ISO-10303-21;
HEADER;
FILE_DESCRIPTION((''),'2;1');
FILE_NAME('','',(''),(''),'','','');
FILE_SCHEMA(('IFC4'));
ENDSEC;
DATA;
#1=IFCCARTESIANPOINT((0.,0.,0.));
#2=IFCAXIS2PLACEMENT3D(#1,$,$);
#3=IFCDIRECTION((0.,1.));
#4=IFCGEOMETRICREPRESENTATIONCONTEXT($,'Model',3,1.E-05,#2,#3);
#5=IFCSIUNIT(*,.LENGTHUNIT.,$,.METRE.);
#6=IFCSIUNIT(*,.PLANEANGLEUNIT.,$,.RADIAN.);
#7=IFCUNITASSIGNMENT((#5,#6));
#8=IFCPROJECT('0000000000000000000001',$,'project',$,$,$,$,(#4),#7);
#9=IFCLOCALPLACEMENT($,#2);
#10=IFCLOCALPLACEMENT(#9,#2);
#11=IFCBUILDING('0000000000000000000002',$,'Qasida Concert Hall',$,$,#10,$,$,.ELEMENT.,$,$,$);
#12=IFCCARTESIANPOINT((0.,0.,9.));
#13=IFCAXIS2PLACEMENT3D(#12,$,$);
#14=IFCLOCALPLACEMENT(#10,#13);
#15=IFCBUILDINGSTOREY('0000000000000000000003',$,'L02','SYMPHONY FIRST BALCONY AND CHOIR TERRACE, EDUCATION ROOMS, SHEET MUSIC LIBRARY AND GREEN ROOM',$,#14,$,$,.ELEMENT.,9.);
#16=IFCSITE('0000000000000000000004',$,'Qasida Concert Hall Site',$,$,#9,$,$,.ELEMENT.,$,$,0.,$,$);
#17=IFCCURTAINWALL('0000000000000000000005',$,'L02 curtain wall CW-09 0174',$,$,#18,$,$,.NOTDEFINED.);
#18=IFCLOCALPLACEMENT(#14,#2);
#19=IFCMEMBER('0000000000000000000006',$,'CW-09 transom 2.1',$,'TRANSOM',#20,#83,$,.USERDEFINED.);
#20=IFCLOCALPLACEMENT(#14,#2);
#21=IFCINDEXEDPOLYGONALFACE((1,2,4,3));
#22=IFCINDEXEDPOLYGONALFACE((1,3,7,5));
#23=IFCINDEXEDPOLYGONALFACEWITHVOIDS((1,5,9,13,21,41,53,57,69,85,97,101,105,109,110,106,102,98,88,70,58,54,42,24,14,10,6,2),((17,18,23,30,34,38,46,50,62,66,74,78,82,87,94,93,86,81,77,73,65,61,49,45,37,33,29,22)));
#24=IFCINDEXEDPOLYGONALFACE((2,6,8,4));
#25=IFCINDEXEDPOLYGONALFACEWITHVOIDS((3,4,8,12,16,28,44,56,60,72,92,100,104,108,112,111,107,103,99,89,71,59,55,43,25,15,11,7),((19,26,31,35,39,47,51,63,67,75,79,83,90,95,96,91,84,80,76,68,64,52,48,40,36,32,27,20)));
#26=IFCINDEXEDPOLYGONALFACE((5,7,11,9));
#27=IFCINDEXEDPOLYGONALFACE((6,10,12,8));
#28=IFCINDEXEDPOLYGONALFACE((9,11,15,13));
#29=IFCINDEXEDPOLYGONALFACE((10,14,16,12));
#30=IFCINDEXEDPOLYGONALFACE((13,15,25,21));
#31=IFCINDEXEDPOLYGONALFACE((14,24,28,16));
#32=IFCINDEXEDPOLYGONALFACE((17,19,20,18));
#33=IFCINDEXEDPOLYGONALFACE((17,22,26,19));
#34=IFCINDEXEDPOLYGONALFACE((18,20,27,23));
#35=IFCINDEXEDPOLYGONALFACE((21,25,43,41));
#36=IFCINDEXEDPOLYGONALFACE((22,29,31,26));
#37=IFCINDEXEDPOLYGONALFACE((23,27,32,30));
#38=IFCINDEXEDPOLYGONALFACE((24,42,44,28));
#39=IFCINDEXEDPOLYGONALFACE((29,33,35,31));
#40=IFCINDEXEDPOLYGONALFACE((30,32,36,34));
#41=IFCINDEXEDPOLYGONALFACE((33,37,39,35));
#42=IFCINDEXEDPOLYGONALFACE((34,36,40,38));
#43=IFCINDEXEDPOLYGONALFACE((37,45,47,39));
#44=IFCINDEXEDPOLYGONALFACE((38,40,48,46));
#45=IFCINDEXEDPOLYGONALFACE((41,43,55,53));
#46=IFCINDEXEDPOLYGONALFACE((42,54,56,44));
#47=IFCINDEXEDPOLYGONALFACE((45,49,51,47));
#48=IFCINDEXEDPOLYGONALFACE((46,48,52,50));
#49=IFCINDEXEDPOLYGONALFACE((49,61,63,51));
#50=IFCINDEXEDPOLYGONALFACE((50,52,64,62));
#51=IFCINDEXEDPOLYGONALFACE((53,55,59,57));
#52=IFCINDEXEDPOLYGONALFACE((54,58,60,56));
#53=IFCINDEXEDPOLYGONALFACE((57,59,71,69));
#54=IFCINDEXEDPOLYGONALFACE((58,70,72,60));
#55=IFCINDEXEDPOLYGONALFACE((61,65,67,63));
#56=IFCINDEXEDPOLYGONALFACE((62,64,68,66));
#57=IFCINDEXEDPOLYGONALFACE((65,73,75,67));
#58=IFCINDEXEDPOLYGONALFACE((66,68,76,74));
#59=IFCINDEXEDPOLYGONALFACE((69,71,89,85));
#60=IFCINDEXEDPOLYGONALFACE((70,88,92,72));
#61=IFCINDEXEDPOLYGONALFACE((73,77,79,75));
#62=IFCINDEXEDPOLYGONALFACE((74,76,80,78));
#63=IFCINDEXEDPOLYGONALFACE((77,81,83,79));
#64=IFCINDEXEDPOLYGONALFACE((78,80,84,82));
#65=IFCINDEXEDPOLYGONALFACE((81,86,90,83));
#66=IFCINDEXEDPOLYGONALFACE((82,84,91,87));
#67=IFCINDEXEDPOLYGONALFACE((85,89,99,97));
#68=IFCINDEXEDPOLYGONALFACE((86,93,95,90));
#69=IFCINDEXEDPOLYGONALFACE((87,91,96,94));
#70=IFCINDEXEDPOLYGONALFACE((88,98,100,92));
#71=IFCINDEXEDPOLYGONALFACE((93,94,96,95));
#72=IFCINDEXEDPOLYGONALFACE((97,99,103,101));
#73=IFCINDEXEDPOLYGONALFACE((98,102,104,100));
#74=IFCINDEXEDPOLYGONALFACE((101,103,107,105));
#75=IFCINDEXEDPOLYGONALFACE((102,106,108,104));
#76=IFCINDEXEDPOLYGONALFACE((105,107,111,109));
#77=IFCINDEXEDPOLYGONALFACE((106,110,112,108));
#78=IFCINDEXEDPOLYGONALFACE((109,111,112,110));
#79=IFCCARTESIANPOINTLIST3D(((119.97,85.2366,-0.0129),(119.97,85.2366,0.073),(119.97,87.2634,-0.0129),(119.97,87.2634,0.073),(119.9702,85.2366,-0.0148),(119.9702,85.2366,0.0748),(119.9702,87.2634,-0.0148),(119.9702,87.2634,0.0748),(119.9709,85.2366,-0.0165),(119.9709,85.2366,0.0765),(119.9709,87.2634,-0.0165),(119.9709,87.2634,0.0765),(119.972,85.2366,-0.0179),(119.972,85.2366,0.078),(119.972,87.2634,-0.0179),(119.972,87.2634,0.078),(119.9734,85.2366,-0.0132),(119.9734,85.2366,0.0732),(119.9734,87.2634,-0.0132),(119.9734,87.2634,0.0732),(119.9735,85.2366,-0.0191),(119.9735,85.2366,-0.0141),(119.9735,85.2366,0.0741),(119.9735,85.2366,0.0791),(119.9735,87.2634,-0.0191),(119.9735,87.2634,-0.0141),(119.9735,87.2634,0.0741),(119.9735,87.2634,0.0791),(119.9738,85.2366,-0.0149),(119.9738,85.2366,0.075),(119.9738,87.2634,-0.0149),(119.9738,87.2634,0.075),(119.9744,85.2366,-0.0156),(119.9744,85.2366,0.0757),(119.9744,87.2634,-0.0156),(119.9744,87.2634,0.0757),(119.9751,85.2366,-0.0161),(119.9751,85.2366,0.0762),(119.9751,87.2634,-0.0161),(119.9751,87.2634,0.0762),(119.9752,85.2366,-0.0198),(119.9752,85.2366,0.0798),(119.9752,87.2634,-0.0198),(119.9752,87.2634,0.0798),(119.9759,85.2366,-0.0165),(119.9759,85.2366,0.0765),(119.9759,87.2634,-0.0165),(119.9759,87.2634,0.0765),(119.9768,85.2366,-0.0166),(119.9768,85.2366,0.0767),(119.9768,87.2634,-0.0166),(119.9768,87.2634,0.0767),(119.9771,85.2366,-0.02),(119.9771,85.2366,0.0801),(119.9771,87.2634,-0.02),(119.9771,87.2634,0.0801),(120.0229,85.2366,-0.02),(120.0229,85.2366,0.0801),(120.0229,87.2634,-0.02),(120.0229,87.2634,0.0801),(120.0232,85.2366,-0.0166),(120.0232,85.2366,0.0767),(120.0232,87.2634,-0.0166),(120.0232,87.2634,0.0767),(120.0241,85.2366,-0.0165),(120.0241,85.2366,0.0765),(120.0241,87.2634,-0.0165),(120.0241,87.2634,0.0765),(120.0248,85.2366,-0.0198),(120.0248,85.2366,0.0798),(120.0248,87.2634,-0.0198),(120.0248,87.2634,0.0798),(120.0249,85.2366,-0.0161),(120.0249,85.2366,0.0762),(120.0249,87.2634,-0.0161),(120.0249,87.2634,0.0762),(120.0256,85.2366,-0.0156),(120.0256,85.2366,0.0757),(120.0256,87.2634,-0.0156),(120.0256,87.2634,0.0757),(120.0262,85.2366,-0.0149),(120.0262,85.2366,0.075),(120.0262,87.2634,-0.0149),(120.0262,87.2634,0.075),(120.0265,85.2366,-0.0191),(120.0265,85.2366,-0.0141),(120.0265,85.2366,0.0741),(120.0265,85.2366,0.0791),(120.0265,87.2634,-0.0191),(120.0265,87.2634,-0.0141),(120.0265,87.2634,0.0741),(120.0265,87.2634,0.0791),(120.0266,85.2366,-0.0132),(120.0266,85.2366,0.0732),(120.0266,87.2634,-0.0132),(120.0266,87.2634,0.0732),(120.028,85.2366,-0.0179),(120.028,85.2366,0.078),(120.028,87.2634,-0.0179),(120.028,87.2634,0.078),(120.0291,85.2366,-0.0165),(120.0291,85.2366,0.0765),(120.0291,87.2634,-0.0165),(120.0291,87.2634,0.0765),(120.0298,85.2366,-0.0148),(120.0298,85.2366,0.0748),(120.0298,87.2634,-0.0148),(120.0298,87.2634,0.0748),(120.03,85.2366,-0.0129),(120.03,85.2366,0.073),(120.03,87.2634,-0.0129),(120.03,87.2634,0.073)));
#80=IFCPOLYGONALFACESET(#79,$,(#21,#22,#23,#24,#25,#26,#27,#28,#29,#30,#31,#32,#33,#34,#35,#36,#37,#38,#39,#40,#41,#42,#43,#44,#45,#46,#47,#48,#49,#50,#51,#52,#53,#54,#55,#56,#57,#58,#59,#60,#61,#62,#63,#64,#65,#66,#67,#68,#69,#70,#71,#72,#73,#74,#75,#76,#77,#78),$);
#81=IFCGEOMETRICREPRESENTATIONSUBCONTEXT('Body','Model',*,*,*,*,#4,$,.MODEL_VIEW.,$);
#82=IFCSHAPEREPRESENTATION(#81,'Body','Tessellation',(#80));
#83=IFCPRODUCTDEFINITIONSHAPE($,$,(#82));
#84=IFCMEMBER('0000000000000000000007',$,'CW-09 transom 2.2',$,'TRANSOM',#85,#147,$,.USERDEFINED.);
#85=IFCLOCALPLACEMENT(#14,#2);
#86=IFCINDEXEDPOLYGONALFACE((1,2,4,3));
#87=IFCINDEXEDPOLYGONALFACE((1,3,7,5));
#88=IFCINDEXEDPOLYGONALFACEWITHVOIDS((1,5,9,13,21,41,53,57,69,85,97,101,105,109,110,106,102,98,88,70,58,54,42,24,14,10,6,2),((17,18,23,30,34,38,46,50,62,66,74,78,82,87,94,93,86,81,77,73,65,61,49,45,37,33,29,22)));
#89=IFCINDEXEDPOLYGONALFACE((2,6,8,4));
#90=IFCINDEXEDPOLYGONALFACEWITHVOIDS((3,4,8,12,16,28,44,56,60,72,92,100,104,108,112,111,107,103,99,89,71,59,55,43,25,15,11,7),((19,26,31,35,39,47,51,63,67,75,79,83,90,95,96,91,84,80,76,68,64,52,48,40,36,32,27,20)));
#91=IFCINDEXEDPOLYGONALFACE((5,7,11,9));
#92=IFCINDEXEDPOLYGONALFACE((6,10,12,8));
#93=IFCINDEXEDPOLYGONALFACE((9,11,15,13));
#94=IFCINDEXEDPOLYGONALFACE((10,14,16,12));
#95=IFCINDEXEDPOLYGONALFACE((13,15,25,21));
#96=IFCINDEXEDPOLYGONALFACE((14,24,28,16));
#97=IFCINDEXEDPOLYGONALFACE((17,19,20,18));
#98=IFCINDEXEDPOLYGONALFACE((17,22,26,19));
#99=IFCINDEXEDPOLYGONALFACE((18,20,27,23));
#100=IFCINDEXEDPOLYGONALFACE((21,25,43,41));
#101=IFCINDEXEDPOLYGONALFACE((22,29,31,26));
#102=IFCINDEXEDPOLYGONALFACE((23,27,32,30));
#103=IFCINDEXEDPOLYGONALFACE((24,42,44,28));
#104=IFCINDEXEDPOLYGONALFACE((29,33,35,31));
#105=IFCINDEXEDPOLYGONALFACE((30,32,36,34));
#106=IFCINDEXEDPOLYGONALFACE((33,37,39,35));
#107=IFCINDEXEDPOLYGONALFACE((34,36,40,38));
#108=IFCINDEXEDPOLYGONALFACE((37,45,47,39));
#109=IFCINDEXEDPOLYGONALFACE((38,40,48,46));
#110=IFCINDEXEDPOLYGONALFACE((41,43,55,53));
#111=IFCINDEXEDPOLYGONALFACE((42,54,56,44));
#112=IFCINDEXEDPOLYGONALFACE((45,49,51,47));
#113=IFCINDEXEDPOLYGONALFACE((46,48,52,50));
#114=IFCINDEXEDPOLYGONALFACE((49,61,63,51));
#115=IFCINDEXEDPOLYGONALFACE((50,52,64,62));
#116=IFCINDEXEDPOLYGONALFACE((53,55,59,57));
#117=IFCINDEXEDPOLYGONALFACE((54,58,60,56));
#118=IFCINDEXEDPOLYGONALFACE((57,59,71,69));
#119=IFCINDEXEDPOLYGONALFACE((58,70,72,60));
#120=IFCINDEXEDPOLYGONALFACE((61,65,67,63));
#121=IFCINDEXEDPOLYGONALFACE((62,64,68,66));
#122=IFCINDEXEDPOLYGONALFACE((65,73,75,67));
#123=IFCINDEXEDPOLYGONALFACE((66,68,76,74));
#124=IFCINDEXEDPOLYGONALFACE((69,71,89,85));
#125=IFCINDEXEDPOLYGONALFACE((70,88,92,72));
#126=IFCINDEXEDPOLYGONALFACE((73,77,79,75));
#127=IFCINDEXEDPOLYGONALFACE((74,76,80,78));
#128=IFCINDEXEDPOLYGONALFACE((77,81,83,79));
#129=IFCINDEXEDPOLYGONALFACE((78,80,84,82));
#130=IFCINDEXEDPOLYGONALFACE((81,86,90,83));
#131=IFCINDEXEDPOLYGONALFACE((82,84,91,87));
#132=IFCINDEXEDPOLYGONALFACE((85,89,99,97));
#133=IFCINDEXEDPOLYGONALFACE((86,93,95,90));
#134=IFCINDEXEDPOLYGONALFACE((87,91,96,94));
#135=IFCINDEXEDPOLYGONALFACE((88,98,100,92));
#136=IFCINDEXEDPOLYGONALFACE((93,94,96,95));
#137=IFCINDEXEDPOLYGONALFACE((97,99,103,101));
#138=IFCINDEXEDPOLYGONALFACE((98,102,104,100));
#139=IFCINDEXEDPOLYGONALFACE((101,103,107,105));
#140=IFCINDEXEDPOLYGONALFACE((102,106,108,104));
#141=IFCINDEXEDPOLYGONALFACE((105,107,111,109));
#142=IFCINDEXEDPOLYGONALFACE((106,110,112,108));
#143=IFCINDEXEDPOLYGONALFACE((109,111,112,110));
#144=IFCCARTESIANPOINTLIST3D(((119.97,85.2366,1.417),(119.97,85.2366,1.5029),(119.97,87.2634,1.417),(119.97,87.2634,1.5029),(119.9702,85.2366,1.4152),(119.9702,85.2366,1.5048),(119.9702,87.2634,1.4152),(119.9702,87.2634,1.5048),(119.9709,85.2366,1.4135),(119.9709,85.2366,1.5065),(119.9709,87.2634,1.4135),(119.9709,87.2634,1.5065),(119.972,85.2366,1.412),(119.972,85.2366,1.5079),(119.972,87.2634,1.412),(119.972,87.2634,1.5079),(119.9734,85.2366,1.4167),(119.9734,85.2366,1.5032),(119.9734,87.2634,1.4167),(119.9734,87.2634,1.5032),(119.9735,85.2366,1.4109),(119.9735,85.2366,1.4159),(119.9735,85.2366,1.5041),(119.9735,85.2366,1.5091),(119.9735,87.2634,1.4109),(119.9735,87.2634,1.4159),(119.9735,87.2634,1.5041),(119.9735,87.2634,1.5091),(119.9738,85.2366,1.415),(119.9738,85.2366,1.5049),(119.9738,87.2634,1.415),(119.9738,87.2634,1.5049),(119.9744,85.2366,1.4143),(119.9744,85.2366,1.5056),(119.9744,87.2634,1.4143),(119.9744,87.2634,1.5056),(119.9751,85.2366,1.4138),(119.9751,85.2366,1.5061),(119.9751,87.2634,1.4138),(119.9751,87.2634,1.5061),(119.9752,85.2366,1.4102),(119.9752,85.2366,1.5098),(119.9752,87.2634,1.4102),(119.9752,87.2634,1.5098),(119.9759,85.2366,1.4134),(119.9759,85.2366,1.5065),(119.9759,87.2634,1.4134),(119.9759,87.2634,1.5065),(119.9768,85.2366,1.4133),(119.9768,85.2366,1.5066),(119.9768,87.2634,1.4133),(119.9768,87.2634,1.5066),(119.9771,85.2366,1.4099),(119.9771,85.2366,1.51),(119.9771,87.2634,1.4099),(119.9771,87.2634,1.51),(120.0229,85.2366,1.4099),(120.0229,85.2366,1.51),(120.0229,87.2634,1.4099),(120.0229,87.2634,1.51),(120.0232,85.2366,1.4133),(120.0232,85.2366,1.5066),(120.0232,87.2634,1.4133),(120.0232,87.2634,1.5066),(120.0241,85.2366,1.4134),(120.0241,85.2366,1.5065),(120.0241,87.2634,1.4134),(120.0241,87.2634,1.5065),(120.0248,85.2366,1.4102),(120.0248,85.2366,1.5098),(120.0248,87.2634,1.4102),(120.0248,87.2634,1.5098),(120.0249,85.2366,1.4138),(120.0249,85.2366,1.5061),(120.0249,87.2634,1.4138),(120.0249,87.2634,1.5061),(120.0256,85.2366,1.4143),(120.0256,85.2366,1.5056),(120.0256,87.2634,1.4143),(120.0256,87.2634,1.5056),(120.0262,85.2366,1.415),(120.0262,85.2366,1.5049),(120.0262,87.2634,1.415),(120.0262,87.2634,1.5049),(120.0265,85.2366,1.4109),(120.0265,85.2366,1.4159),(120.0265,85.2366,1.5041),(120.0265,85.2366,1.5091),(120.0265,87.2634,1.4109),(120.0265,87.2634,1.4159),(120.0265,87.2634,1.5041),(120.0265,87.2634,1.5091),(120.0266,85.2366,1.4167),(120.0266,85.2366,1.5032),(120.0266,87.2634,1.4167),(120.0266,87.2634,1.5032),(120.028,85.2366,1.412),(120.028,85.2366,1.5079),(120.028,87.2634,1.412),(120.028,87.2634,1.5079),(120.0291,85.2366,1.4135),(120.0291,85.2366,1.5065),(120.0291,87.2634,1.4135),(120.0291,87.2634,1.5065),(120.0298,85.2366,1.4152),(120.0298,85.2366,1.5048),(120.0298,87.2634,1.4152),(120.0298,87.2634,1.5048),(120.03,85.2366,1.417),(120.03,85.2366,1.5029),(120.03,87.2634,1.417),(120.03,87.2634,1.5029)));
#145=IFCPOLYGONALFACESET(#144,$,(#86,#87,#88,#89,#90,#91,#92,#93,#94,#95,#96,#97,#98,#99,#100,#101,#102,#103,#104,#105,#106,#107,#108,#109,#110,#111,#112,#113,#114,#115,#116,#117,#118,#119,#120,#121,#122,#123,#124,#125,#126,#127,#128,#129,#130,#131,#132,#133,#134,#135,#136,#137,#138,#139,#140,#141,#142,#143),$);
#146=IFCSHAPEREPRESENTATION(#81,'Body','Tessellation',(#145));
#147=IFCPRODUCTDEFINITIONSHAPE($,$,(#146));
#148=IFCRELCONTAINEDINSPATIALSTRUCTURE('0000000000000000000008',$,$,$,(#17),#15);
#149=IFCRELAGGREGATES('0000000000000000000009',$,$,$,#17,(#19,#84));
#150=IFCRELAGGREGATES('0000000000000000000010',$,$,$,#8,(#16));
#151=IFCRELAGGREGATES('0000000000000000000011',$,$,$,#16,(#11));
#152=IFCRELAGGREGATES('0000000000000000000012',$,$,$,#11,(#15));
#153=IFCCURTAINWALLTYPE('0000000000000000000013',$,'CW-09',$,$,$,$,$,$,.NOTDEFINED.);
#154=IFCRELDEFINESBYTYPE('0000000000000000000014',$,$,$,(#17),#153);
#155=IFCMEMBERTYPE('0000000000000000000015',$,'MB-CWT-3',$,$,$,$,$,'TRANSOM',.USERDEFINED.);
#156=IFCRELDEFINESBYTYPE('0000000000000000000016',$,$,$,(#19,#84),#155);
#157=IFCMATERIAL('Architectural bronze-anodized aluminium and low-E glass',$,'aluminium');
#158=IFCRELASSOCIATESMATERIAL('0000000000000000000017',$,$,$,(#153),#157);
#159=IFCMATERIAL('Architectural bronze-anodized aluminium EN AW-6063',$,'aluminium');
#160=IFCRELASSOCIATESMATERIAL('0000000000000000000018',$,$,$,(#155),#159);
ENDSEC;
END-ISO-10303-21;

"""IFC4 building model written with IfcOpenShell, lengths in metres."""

from ifc_helpers import new_model, si_unit, direction, frame, origin, origin_2d, place, context, subcontext, project, spatial, hollow_rectangle, extrude, material, material_profile, profile_set, type_object, element, aggregate, save


model = new_model("IFC4")

# Units and contexts
model_context = context("Model", 3, precision=1e-05, world=origin(), true_north=direction((0.0, 1.0)))
body_context = subcontext(model_context, "Body", "Model", "MODEL_VIEW")
ifc_project = project(units=[si_unit("LENGTHUNIT", "METRE"), si_unit("PLANEANGLEUNIT", "RADIAN")], contexts=[model_context])

# Site, building, storey
site_placement = place(None, origin())
site = spatial("IfcSite", under=ifc_project, at=site_placement, Name="Qasida Concert Hall Site", CompositionType="ELEMENT", RefElevation=0.0)
building_placement = place(site_placement, origin())
building = spatial("IfcBuilding", under=site, at=building_placement, Name="Qasida Concert Hall", CompositionType="ELEMENT")
storey_placement = place(building_placement, frame((0.0, 0.0, 9.0)))
storey = spatial("IfcBuildingStorey", under=building, at=storey_placement, Name="L02", Description="SYMPHONY FIRST BALCONY AND CHOIR TERRACE, EDUCATION ROOMS, SHEET MUSIC LIBRARY AND GREEN ROOM", CompositionType="ELEMENT", Elevation=9.0)

# Curtain wall, members
ifc_material_1 = material(Name="Architectural bronze-anodized aluminium and low-E glass", Category="aluminium")
curtain_wall_type = type_object("IfcCurtainWallType", Name="CW-09", PredefinedType="NOTDEFINED", material=ifc_material_1)
curtain_wall_placement = place(storey_placement, origin())
curtain_wall = element("IfcCurtainWall", 1, at=curtain_wall_placement, inside=storey, type_object=curtain_wall_type, Name="L02 curtain wall CW-09 0174", PredefinedType="NOTDEFINED")
ifc_material_2 = material(Name="Architectural bronze-anodized aluminium EN AW-6063", Category="aluminium")
ifc_material_profile_1 = material_profile(ifc_material_2, hollow_rectangle(XDim=0.0601, YDim=0.1001, WallThickness=0.0034, InnerFilletRadius=0.0034, OuterFilletRadius=0.0071, at=origin_2d()), Name="CWT 100x60x3.5")
ifc_profile_set_1 = profile_set([ifc_material_profile_1], Name="Architectural bronze-anodized aluminium EN AW-6063")
member_type_1 = type_object("IfcMemberType", Name="MB-CWT-3", ElementType="TRANSOM", PredefinedType="USERDEFINED", material=ifc_profile_set_1)
member_1_placement = place(storey_placement, frame((120.0, 85.2366, 0.03), z_axis=(0.0, 1.0, 0.0), x_axis=(-1.0, 0.0, 0.0)))
member_1 = element("IfcMember", 2, at=member_1_placement, type_object=member_type_1, Name="CW-09 transom 2.1", ObjectType="TRANSOM", PredefinedType="USERDEFINED", context=body_context, shape_type="SweptSolid", body=[
    extrude(hollow_rectangle(XDim=0.0601, YDim=0.1001, WallThickness=0.0034, InnerFilletRadius=0.0034, OuterFilletRadius=0.0071, at=origin_2d()), origin(), (0.0, 0.0, 1.0), 2.0269),
])
member_2_placement = place(storey_placement, frame((120.0, 85.2366, 1.46), z_axis=(0.0, 1.0, 0.0), x_axis=(-1.0, 0.0, 0.0)))
member_2 = element("IfcMember", 3, at=member_2_placement, type_object=member_type_1, Name="CW-09 transom 2.2", ObjectType="TRANSOM", PredefinedType="USERDEFINED", context=body_context, shape_type="SweptSolid", body=[
    extrude(hollow_rectangle(XDim=0.0601, YDim=0.1001, WallThickness=0.0034, InnerFilletRadius=0.0034, OuterFilletRadius=0.0071, at=origin_2d()), origin(), (0.0, 0.0, 1.0), 2.0269),
])
aggregate(curtain_wall, [member_1, member_2])

save(model, "model.ifc")
